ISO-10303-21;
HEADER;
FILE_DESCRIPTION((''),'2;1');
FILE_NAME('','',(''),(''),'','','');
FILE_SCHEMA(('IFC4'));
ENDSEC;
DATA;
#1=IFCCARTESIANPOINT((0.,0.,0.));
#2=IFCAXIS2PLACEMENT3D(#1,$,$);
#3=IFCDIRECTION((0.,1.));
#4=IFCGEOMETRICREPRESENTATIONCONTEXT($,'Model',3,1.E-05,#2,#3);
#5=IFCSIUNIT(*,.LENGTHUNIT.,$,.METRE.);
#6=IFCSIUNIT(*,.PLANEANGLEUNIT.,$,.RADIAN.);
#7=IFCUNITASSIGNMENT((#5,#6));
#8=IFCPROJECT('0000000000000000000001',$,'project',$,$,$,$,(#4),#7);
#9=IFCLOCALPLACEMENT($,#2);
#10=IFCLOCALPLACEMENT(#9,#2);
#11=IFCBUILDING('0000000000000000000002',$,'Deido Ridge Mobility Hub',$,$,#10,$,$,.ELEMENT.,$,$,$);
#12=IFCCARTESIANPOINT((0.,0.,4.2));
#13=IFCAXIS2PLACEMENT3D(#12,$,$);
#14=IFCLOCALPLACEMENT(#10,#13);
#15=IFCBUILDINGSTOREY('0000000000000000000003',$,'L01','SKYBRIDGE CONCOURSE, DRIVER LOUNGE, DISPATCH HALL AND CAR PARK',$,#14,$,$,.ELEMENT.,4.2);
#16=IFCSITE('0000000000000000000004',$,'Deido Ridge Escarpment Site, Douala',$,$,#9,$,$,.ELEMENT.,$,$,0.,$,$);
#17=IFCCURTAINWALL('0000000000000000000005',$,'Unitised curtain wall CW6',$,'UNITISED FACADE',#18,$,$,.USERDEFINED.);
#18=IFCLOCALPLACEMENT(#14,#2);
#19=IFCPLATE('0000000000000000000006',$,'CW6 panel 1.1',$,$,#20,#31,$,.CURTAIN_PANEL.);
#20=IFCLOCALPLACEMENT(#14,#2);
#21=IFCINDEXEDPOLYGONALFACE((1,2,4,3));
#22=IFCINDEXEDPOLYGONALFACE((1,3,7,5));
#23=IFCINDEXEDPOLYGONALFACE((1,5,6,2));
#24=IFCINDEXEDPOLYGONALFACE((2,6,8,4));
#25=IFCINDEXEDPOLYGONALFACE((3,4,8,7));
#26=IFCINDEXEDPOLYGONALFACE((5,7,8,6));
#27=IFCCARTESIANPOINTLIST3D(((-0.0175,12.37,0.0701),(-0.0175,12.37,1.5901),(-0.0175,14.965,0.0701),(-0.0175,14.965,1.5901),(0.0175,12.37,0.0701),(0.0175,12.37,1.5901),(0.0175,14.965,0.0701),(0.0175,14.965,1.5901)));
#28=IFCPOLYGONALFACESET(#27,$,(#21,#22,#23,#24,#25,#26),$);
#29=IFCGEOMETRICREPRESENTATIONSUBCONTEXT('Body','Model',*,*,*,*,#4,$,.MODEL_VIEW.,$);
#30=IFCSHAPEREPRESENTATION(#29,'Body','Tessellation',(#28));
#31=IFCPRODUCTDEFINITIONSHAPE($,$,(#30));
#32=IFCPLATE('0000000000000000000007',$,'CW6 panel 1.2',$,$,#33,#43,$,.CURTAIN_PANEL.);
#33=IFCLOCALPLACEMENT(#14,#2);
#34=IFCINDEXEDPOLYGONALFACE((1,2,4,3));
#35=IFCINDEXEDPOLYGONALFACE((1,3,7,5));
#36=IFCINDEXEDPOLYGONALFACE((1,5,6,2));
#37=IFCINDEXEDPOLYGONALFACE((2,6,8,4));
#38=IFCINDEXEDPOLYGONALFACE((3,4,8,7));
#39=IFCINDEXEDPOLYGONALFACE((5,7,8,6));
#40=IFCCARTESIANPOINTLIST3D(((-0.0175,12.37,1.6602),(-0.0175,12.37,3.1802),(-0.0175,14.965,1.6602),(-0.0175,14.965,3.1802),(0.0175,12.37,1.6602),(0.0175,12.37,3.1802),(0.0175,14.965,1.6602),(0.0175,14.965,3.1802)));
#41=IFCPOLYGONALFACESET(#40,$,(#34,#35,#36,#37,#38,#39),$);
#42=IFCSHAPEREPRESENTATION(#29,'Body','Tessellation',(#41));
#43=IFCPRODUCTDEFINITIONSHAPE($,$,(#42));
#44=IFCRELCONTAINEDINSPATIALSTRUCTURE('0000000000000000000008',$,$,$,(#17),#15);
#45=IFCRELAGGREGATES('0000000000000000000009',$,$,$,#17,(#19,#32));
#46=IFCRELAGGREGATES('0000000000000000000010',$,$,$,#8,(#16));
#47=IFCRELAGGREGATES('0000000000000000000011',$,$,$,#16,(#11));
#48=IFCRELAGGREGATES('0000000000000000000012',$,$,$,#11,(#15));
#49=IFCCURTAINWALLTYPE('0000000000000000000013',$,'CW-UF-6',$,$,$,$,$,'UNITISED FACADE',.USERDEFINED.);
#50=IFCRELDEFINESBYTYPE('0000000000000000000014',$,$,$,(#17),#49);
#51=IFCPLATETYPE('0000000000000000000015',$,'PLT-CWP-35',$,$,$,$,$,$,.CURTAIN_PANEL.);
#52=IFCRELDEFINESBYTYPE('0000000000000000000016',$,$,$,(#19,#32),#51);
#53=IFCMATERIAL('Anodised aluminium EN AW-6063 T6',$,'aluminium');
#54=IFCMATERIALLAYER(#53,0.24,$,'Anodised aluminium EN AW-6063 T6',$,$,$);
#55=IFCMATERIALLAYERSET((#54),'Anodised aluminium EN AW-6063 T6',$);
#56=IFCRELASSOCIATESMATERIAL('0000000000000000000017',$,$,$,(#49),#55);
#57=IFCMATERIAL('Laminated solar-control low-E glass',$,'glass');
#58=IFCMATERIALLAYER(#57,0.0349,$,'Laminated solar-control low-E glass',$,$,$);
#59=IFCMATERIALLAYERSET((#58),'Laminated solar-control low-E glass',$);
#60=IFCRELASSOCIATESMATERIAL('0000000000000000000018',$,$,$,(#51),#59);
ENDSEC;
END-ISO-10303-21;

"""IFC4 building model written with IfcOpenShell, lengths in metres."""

from ifc_helpers import new_model, si_unit, direction, frame, origin, origin_2d, place, context, subcontext, project, spatial, rectangle, extrude, material, layer, layer_set, type_object, element, aggregate, save


model = new_model("IFC4")

# Units and contexts
model_context = context("Model", 3, precision=1e-05, world=origin(), true_north=direction((0.0, 1.0)))
body_context = subcontext(model_context, "Body", "Model", "MODEL_VIEW")
ifc_project = project(units=[si_unit("LENGTHUNIT", "METRE"), si_unit("PLANEANGLEUNIT", "RADIAN")], contexts=[model_context])

# Site, building, storey
site_placement = place(None, origin())
site = spatial("IfcSite", under=ifc_project, at=site_placement, Name="Deido Ridge Escarpment Site, Douala", CompositionType="ELEMENT", RefElevation=0.0)
building_placement = place(site_placement, origin())
building = spatial("IfcBuilding", under=site, at=building_placement, Name="Deido Ridge Mobility Hub", CompositionType="ELEMENT")
storey_placement = place(building_placement, frame((0.0, 0.0, 4.2)))
storey = spatial("IfcBuildingStorey", under=building, at=storey_placement, Name="L01", Description="SKYBRIDGE CONCOURSE, DRIVER LOUNGE, DISPATCH HALL AND CAR PARK", CompositionType="ELEMENT", Elevation=4.2)

# Shared definitions
ifc_material_1 = material(Name="Anodised aluminium EN AW-6063 T6", Category="aluminium")

# Curtain wall
ifc_layer_1 = layer(ifc_material_1, 0.24, Name="Anodised aluminium EN AW-6063 T6")
ifc_layer_set_1 = layer_set([ifc_layer_1], Name="Anodised aluminium EN AW-6063 T6")
curtain_wall_type_1 = type_object("IfcCurtainWallType", Name="CW-UF-6", ElementType="UNITISED FACADE", PredefinedType="USERDEFINED", material=ifc_layer_set_1)
curtain_wall_1_placement = place(storey_placement, origin())
curtain_wall_1 = element("IfcCurtainWall", 1, at=curtain_wall_1_placement, inside=storey, type_object=curtain_wall_type_1, Name="Unitised curtain wall CW6", ObjectType="UNITISED FACADE", PredefinedType="USERDEFINED")

# Plates
ifc_material_2 = material(Name="Laminated solar-control low-E glass", Category="glass")
ifc_layer_2 = layer(ifc_material_2, 0.0349, Name="Laminated solar-control low-E glass")
ifc_layer_set_2 = layer_set([ifc_layer_2], Name="Laminated solar-control low-E glass")
plate_type_1 = type_object("IfcPlateType", Name="PLT-CWP-35", PredefinedType="CURTAIN_PANEL", material=ifc_layer_set_2)
plate_1_placement = place(storey_placement, frame((0.0, 13.6675, 0.0701), z_axis=(0.0, 0.0, 1.0), x_axis=(0.0, 1.0, 0.0)))
plate_1 = element("IfcPlate", 2, at=plate_1_placement, type_object=plate_type_1, Name="CW6 panel 1.1", PredefinedType="CURTAIN_PANEL", context=body_context, shape_type="SweptSolid", body=[
    extrude(rectangle(XDim=2.595, YDim=0.0349, at=origin_2d()), origin(), (0.0, 0.0, 1.0), 1.52),
])
plate_2_placement = place(storey_placement, frame((0.0, 13.6675, 1.6602), z_axis=(0.0, 0.0, 1.0), x_axis=(0.0, 1.0, 0.0)))
plate_2 = element("IfcPlate", 3, at=plate_2_placement, type_object=plate_type_1, Name="CW6 panel 1.2", PredefinedType="CURTAIN_PANEL", context=body_context, shape_type="SweptSolid", body=[
    extrude(rectangle(XDim=2.595, YDim=0.0349, at=origin_2d()), origin(), (0.0, 0.0, 1.0), 1.52),
])
aggregate(curtain_wall_1, [plate_1, plate_2])

save(model, "model.ifc")
